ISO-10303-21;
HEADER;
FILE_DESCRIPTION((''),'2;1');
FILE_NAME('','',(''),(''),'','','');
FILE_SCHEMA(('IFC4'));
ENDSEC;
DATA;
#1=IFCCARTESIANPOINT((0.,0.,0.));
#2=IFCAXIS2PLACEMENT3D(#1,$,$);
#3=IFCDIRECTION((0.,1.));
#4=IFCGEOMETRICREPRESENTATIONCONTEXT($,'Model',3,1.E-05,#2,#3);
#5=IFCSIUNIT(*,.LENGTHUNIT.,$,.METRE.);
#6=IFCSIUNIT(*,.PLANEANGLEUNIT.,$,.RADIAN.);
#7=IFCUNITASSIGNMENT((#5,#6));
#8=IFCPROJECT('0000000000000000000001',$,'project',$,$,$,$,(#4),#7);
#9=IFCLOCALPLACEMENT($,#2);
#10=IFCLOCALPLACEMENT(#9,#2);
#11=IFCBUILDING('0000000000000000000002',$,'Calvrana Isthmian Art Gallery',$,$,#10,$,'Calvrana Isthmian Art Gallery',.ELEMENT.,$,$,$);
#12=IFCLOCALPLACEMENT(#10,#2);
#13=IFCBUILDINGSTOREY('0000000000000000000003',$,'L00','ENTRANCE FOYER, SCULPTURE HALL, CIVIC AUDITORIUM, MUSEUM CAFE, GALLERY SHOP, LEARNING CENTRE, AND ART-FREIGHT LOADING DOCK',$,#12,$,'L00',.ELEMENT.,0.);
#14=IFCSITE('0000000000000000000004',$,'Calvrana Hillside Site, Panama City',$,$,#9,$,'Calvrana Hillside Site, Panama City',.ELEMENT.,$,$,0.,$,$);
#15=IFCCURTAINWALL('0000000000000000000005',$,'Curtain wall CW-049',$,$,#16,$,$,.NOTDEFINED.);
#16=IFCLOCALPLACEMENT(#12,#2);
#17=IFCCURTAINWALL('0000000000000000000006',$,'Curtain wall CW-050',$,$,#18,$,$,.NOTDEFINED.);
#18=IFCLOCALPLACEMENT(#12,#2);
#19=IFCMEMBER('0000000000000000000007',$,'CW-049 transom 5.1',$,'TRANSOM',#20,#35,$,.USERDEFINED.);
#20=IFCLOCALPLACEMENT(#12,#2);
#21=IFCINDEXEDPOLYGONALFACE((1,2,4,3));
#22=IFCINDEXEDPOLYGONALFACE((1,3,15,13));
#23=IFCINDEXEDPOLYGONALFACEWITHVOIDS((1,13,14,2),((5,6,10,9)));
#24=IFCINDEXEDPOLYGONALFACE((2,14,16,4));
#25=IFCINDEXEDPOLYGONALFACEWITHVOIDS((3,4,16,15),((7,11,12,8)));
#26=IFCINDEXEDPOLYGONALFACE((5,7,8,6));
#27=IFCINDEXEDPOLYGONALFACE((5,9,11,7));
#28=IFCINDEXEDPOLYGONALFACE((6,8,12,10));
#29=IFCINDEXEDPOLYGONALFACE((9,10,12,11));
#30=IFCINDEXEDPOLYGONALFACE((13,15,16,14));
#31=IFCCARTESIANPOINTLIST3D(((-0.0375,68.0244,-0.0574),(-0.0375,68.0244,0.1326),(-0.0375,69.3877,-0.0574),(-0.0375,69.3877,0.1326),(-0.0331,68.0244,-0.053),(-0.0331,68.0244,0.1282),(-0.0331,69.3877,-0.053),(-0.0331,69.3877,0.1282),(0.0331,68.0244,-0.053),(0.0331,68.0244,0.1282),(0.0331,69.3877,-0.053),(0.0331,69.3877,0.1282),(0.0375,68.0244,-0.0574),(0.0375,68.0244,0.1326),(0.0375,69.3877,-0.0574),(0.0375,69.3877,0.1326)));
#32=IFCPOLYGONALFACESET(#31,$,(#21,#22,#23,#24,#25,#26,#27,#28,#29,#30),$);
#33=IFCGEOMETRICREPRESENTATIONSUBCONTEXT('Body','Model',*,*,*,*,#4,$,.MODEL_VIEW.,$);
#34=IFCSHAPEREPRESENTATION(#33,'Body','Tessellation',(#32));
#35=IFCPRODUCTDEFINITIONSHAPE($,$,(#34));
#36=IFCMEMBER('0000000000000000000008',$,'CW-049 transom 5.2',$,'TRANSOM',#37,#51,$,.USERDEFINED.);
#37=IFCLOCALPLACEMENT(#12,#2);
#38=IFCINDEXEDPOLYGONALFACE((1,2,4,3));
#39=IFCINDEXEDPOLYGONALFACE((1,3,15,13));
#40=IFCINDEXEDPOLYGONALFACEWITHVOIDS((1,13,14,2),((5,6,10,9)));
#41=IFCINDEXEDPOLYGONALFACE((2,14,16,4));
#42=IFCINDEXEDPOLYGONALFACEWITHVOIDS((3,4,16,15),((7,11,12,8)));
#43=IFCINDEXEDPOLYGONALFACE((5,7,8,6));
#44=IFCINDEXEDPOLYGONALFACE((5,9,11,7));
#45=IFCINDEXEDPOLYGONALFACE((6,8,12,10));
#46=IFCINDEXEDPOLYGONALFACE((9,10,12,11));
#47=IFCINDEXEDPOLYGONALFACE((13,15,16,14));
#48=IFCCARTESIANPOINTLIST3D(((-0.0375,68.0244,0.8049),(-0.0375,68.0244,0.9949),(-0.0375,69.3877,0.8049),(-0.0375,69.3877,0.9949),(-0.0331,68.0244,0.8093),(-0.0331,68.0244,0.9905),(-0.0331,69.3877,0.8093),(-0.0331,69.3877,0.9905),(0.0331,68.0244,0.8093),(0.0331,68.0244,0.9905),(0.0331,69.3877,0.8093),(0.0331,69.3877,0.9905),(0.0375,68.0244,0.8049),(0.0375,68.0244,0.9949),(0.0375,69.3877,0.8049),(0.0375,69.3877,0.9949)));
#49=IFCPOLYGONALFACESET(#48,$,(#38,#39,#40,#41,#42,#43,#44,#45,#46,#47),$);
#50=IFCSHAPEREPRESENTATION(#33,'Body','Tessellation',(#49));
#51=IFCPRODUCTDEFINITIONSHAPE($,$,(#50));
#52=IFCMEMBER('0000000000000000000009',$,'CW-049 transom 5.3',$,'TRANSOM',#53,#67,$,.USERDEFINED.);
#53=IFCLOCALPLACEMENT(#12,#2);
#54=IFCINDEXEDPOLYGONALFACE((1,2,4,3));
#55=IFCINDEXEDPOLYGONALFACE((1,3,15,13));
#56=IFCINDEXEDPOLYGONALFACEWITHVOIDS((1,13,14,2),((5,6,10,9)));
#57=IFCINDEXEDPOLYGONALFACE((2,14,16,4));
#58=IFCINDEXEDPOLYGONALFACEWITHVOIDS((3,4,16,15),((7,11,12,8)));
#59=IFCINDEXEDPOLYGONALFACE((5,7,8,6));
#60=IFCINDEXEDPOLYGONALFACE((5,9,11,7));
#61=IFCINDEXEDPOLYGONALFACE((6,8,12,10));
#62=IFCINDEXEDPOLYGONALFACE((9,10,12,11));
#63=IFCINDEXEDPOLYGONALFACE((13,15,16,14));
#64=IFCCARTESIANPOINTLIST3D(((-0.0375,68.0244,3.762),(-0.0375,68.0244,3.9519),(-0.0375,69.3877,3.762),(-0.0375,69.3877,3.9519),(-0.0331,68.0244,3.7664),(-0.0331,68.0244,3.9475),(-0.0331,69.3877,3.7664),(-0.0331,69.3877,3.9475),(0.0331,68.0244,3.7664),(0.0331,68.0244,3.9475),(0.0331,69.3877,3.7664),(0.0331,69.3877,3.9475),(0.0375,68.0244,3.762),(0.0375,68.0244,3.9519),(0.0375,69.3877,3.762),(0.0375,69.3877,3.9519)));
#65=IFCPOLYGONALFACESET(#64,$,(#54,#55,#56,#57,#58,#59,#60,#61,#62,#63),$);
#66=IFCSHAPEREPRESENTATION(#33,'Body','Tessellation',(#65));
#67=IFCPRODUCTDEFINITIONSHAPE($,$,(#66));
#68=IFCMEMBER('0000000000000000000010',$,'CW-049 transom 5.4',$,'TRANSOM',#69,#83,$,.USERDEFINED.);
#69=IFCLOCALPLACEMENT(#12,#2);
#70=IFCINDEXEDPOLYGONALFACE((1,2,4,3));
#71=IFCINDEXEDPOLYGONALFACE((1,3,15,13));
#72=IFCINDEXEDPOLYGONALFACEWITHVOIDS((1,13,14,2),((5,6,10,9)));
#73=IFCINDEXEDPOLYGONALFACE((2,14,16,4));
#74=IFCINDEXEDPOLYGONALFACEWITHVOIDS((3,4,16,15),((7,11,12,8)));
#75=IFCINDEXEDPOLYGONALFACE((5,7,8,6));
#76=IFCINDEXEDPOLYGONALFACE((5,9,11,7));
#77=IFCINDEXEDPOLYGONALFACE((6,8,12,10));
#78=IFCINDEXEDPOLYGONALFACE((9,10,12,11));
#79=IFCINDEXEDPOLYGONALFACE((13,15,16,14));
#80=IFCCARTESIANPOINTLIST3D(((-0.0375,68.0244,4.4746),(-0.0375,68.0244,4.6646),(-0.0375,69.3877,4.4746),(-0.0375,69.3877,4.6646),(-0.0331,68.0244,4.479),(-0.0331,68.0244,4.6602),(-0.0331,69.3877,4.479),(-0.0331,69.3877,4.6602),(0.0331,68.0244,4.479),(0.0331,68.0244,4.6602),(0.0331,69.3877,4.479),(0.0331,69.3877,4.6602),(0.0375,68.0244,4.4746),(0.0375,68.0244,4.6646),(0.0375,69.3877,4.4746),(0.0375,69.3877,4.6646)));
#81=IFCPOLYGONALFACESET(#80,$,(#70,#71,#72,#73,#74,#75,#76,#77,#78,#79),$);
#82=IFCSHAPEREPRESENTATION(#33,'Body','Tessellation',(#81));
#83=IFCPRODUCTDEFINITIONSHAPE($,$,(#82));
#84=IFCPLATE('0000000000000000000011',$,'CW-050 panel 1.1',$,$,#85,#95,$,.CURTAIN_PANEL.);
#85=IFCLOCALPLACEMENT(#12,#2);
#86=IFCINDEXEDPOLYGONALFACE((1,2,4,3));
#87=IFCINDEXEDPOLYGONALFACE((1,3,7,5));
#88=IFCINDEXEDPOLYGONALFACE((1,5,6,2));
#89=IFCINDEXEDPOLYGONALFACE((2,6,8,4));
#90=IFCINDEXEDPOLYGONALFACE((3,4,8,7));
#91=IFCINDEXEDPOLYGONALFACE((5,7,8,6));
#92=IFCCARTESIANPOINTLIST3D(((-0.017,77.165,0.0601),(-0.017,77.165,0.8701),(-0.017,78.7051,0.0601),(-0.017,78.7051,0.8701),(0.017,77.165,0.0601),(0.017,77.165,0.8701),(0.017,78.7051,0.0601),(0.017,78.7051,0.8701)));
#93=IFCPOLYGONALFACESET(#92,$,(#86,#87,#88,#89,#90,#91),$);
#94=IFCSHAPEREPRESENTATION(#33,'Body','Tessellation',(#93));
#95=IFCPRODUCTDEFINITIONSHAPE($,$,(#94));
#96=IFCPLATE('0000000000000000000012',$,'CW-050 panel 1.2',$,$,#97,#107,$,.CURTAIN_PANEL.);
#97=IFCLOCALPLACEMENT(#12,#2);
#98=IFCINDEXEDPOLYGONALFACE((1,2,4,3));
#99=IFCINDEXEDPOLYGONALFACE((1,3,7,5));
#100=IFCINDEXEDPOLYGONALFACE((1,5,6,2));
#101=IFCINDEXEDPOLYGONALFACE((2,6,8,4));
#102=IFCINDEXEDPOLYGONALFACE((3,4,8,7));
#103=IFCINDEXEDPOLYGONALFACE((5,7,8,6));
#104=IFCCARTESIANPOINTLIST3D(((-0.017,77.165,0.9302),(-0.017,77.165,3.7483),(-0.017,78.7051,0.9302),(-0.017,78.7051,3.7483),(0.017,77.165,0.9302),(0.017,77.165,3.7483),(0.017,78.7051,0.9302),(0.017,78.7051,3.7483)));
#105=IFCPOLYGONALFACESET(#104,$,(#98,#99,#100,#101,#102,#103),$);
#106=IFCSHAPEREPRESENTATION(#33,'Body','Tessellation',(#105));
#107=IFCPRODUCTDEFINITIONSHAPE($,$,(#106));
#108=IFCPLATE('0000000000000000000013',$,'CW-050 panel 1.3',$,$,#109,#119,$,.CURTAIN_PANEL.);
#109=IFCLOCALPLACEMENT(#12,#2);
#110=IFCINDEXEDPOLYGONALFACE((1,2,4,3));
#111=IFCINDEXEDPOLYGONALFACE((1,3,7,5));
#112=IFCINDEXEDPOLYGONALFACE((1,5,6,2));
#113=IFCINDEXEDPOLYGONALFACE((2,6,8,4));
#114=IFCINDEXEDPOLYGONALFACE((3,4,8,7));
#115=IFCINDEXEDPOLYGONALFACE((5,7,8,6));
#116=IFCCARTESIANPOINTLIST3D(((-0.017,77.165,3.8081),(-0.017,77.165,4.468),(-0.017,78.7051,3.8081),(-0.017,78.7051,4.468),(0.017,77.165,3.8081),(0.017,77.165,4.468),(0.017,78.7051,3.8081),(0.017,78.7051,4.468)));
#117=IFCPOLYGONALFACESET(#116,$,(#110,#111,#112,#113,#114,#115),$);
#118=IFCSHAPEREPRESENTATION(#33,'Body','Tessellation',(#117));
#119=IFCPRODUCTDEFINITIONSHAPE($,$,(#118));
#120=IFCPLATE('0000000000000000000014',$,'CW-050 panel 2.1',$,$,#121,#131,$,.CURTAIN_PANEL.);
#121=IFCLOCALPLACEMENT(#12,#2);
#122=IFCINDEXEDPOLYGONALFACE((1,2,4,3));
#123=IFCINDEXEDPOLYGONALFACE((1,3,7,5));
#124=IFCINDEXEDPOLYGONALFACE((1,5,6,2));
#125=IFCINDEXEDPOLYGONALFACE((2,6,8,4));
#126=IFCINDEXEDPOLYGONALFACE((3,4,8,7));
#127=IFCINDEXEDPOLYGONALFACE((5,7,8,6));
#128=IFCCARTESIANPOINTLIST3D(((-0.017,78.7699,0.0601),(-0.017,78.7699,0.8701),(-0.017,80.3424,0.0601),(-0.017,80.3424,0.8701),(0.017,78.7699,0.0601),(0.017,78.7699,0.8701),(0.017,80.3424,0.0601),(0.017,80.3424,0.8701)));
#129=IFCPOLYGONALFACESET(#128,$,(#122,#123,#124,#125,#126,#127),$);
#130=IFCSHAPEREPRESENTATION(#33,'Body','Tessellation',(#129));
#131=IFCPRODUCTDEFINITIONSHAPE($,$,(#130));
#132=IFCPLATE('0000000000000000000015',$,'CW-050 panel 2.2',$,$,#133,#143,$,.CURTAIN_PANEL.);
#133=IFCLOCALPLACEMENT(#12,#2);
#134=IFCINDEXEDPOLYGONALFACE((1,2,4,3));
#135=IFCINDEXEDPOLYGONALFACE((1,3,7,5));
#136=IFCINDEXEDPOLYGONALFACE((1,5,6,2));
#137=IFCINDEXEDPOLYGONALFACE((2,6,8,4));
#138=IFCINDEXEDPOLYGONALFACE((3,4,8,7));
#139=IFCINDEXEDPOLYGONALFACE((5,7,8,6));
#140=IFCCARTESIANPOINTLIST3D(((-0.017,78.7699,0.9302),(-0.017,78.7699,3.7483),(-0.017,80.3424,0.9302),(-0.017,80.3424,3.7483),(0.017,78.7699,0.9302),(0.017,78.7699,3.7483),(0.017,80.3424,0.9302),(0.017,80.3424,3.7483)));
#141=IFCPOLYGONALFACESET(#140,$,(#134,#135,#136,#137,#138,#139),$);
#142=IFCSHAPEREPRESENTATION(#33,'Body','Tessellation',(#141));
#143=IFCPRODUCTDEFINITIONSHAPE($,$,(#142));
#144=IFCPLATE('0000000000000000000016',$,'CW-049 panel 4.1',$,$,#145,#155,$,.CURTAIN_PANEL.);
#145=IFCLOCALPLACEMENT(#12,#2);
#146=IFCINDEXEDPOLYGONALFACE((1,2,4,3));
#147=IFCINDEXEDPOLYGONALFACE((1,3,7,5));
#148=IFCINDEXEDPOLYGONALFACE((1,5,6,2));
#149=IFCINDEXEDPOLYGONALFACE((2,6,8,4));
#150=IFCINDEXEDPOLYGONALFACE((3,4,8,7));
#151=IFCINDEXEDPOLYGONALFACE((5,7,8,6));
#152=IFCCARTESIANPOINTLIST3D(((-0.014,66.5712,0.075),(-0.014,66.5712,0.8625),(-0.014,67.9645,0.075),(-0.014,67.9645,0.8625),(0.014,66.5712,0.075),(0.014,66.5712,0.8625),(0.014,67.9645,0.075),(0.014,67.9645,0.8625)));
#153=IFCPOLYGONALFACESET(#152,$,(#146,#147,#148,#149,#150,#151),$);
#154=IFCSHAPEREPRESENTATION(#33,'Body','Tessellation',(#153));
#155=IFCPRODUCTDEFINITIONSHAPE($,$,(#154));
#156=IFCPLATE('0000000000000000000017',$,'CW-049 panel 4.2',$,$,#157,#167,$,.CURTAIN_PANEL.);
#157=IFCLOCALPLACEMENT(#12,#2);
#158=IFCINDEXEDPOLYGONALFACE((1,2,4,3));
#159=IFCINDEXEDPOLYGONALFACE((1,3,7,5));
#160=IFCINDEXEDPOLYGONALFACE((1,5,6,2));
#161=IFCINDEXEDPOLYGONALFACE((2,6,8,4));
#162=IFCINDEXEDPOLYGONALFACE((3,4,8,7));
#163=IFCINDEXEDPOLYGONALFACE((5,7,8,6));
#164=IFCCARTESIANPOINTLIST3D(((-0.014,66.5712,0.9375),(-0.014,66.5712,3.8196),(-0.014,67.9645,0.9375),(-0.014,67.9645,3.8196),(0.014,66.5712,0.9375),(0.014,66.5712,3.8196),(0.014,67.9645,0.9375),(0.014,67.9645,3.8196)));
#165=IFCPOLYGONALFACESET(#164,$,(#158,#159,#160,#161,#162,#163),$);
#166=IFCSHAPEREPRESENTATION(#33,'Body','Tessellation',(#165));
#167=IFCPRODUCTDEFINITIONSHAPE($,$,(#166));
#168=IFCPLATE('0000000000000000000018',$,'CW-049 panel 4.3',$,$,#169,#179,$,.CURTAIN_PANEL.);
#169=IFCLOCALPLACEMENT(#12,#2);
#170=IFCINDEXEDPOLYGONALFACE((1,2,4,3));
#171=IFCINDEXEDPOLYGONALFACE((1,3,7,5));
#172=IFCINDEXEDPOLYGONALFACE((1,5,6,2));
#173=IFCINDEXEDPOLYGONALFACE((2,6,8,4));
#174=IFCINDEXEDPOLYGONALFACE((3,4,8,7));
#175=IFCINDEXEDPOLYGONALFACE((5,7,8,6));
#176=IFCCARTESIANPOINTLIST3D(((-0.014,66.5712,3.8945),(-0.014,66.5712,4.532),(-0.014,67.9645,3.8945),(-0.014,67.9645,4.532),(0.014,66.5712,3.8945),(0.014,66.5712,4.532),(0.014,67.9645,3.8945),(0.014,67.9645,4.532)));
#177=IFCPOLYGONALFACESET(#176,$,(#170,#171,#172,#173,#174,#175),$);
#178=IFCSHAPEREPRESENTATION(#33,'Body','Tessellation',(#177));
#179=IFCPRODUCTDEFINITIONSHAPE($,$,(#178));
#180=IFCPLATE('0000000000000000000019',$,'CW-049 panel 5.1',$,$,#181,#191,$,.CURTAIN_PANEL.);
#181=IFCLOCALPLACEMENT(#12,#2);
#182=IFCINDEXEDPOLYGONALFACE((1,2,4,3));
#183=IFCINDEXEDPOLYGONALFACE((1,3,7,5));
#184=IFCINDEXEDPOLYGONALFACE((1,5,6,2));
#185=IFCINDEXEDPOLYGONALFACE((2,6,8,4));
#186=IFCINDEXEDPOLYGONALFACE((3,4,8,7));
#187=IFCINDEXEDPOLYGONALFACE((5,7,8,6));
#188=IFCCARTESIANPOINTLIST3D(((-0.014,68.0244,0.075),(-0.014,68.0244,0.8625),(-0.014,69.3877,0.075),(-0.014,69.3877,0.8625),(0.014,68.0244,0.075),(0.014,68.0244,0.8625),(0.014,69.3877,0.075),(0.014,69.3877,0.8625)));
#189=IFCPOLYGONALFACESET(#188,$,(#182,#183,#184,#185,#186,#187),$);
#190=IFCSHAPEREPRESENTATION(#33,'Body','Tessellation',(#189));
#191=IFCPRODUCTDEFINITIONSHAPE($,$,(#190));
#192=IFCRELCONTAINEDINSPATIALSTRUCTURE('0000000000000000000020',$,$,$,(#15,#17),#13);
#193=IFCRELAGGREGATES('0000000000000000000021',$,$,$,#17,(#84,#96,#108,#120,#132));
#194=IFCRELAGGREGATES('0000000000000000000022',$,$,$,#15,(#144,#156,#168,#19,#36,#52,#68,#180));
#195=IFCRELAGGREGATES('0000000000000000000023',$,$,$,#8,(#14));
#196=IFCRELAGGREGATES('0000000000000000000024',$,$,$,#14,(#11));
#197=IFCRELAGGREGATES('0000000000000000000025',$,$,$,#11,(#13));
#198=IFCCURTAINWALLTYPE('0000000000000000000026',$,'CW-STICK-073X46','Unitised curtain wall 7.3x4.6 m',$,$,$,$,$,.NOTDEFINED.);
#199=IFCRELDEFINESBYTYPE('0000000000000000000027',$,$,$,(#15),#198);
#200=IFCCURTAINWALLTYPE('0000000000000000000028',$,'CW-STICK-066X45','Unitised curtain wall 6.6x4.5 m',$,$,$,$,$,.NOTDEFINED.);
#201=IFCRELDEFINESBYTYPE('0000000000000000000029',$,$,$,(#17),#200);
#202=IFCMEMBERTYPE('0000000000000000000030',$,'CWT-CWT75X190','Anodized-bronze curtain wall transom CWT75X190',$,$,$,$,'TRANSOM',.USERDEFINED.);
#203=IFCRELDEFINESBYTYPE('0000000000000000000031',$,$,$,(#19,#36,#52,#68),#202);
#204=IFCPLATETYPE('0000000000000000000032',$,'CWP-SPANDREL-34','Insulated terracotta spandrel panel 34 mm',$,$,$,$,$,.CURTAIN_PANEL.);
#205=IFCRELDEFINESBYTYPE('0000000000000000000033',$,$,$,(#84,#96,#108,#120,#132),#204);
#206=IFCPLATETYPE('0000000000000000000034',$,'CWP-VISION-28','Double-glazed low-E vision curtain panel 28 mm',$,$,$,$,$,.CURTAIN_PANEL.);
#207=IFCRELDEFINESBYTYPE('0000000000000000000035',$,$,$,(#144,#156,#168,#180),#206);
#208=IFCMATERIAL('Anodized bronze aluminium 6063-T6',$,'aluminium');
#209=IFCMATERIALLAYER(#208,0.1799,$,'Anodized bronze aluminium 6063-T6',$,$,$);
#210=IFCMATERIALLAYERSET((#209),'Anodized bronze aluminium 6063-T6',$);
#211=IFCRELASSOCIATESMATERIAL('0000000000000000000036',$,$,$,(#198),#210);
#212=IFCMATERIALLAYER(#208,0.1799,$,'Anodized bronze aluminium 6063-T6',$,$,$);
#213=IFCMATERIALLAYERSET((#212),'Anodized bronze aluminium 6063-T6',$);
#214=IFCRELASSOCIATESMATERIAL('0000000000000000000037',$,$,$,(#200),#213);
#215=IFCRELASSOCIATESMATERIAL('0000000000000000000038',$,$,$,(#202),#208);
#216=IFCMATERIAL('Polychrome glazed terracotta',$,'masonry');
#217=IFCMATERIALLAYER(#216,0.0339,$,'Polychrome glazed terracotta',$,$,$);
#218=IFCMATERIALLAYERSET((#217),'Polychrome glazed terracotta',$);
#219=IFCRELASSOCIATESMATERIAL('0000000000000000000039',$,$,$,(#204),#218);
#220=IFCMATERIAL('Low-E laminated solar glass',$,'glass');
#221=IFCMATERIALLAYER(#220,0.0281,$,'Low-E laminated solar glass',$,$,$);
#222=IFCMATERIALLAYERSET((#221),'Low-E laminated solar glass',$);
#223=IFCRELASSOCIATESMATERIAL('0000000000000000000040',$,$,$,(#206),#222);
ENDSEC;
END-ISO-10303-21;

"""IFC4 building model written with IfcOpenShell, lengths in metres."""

from ifc_helpers import new_model, si_unit, direction, frame, origin, origin_2d, place, context, subcontext, project, spatial, rectangle, hollow_rectangle, extrude, material, layer, layer_set, material_profile, profile_set, type_object, element, aggregate, save


model = new_model("IFC4")

# Units and contexts
model_context = context("Model", 3, precision=1e-05, world=origin(), true_north=direction((0.0, 1.0)))
body_context = subcontext(model_context, "Body", "Model", "MODEL_VIEW")
ifc_project = project(units=[si_unit("LENGTHUNIT", "METRE"), si_unit("PLANEANGLEUNIT", "RADIAN")], contexts=[model_context])

# Site, building, storey
site_placement = place(None, origin())
site = spatial("IfcSite", under=ifc_project, at=site_placement, Name="Calvrana Hillside Site, Panama City", LongName="Calvrana Hillside Site, Panama City", CompositionType="ELEMENT", RefElevation=0.0)
building_placement = place(site_placement, origin())
building = spatial("IfcBuilding", under=site, at=building_placement, Name="Calvrana Isthmian Art Gallery", LongName="Calvrana Isthmian Art Gallery", CompositionType="ELEMENT")
storey_placement = place(building_placement, origin())
storey = spatial("IfcBuildingStorey", under=building, at=storey_placement, Name="L00", Description="ENTRANCE FOYER, SCULPTURE HALL, CIVIC AUDITORIUM, MUSEUM CAFE, GALLERY SHOP, LEARNING CENTRE, AND ART-FREIGHT LOADING DOCK", LongName="L00", CompositionType="ELEMENT", Elevation=0.0)

# Curtain walls
ifc_material_1 = material(Name="Anodized bronze aluminium 6063-T6", Category="aluminium")
ifc_layer_1 = layer(ifc_material_1, 0.1799, Name="Anodized bronze aluminium 6063-T6")
ifc_layer_set_1 = layer_set([ifc_layer_1], Name="Anodized bronze aluminium 6063-T6")
curtain_wall_type_1 = type_object("IfcCurtainWallType", Name="CW-STICK-073X46", Description="Unitised curtain wall 7.3x4.6 m", PredefinedType="NOTDEFINED", material=ifc_layer_set_1)
curtain_wall_1_placement = place(storey_placement, origin())
curtain_wall_1 = element("IfcCurtainWall", 1, at=curtain_wall_1_placement, inside=storey, type_object=curtain_wall_type_1, Name="Curtain wall CW-049", PredefinedType="NOTDEFINED")
ifc_layer_2 = layer(ifc_material_1, 0.1799, Name="Anodized bronze aluminium 6063-T6")
ifc_layer_set_2 = layer_set([ifc_layer_2], Name="Anodized bronze aluminium 6063-T6")
curtain_wall_type_2 = type_object("IfcCurtainWallType", Name="CW-STICK-066X45", Description="Unitised curtain wall 6.6x4.5 m", PredefinedType="NOTDEFINED", material=ifc_layer_set_2)
curtain_wall_2_placement = place(storey_placement, origin())
curtain_wall_2 = element("IfcCurtainWall", 2, at=curtain_wall_2_placement, inside=storey, type_object=curtain_wall_type_2, Name="Curtain wall CW-050", PredefinedType="NOTDEFINED")

# Members
ifc_material_profile_1 = material_profile(ifc_material_1, hollow_rectangle(XDim=0.075, YDim=0.1899, WallThickness=0.0044, at=origin_2d()), Name="CWT75X190")
ifc_profile_set_1 = profile_set([ifc_material_profile_1], Name="Anodized bronze aluminium 6063-T6")
member_type_1 = type_object("IfcMemberType", Name="CWT-CWT75X190", Description="Anodized-bronze curtain wall transom CWT75X190", ElementType="TRANSOM", PredefinedType="USERDEFINED", material=ifc_profile_set_1)
member_1_placement = place(storey_placement, frame((0.0, 68.0244, 0.0376), z_axis=(0.0, 1.0, 0.0), x_axis=(-1.0, 0.0, 0.0)))
member_1 = element("IfcMember", 3, at=member_1_placement, type_object=member_type_1, Name="CW-049 transom 5.1", ObjectType="TRANSOM", PredefinedType="USERDEFINED", context=body_context, shape_type="SweptSolid", body=[
    extrude(hollow_rectangle(XDim=0.075, YDim=0.1899, WallThickness=0.0044, at=origin_2d()), origin(), (0.0, 0.0, 1.0), 1.3633),
])
member_2_placement = place(storey_placement, frame((0.0, 68.0244, 0.8999), z_axis=(0.0, 1.0, 0.0), x_axis=(-1.0, 0.0, 0.0)))
member_2 = element("IfcMember", 4, at=member_2_placement, type_object=member_type_1, Name="CW-049 transom 5.2", ObjectType="TRANSOM", PredefinedType="USERDEFINED", context=body_context, shape_type="SweptSolid", body=[
    extrude(hollow_rectangle(XDim=0.075, YDim=0.1899, WallThickness=0.0044, at=origin_2d()), origin(), (0.0, 0.0, 1.0), 1.3633),
])
member_3_placement = place(storey_placement, frame((0.0, 68.0244, 3.8569), z_axis=(0.0, 1.0, 0.0), x_axis=(-1.0, 0.0, 0.0)))
member_3 = element("IfcMember", 5, at=member_3_placement, type_object=member_type_1, Name="CW-049 transom 5.3", ObjectType="TRANSOM", PredefinedType="USERDEFINED", context=body_context, shape_type="SweptSolid", body=[
    extrude(hollow_rectangle(XDim=0.075, YDim=0.1899, WallThickness=0.0044, at=origin_2d()), origin(), (0.0, 0.0, 1.0), 1.3633),
])
member_4_placement = place(storey_placement, frame((0.0, 68.0244, 4.5696), z_axis=(0.0, 1.0, 0.0), x_axis=(-1.0, 0.0, 0.0)))
member_4 = element("IfcMember", 6, at=member_4_placement, type_object=member_type_1, Name="CW-049 transom 5.4", ObjectType="TRANSOM", PredefinedType="USERDEFINED", context=body_context, shape_type="SweptSolid", body=[
    extrude(hollow_rectangle(XDim=0.075, YDim=0.1899, WallThickness=0.0044, at=origin_2d()), origin(), (0.0, 0.0, 1.0), 1.3633),
])

# Plates
ifc_material_2 = material(Name="Polychrome glazed terracotta", Category="masonry")
ifc_layer_3 = layer(ifc_material_2, 0.0339, Name="Polychrome glazed terracotta")
ifc_layer_set_3 = layer_set([ifc_layer_3], Name="Polychrome glazed terracotta")
plate_type_1 = type_object("IfcPlateType", Name="CWP-SPANDREL-34", Description="Insulated terracotta spandrel panel 34 mm", PredefinedType="CURTAIN_PANEL", material=ifc_layer_set_3)
plate_1_placement = place(storey_placement, frame((0.0, 77.9351, 0.0601), z_axis=(0.0, 0.0, 1.0), x_axis=(0.0, 1.0, 0.0)))
plate_1 = element("IfcPlate", 7, at=plate_1_placement, type_object=plate_type_1, Name="CW-050 panel 1.1", PredefinedType="CURTAIN_PANEL", context=body_context, shape_type="SweptSolid", body=[
    extrude(rectangle(XDim=1.54, YDim=0.0339, at=origin_2d()), origin(), (0.0, 0.0, 1.0), 0.8101),
])
plate_2_placement = place(storey_placement, frame((0.0, 77.9351, 0.9302), z_axis=(0.0, 0.0, 1.0), x_axis=(0.0, 1.0, 0.0)))
plate_2 = element("IfcPlate", 8, at=plate_2_placement, type_object=plate_type_1, Name="CW-050 panel 1.2", PredefinedType="CURTAIN_PANEL", context=body_context, shape_type="SweptSolid", body=[
    extrude(rectangle(XDim=1.54, YDim=0.0339, at=origin_2d()), origin(), (0.0, 0.0, 1.0), 2.8181),
])
plate_3_placement = place(storey_placement, frame((0.0, 77.9351, 3.8081), z_axis=(0.0, 0.0, 1.0), x_axis=(0.0, 1.0, 0.0)))
plate_3 = element("IfcPlate", 9, at=plate_3_placement, type_object=plate_type_1, Name="CW-050 panel 1.3", PredefinedType="CURTAIN_PANEL", context=body_context, shape_type="SweptSolid", body=[
    extrude(rectangle(XDim=1.54, YDim=0.0339, at=origin_2d()), origin(), (0.0, 0.0, 1.0), 0.6599),
])
plate_4_placement = place(storey_placement, frame((0.0, 79.5562, 0.0601), z_axis=(0.0, 0.0, 1.0), x_axis=(0.0, 1.0, 0.0)))
plate_4 = element("IfcPlate", 10, at=plate_4_placement, type_object=plate_type_1, Name="CW-050 panel 2.1", PredefinedType="CURTAIN_PANEL", context=body_context, shape_type="SweptSolid", body=[
    extrude(rectangle(XDim=1.5725, YDim=0.0339, at=origin_2d()), origin(), (0.0, 0.0, 1.0), 0.8101),
])
plate_5_placement = place(storey_placement, frame((0.0, 79.5562, 0.9302), z_axis=(0.0, 0.0, 1.0), x_axis=(0.0, 1.0, 0.0)))
plate_5 = element("IfcPlate", 11, at=plate_5_placement, type_object=plate_type_1, Name="CW-050 panel 2.2", PredefinedType="CURTAIN_PANEL", context=body_context, shape_type="SweptSolid", body=[
    extrude(rectangle(XDim=1.5725, YDim=0.0339, at=origin_2d()), origin(), (0.0, 0.0, 1.0), 2.8181),
])
aggregate(curtain_wall_2, [plate_1, plate_2, plate_3, plate_4, plate_5])
ifc_material_3 = material(Name="Low-E laminated solar glass", Category="glass")
ifc_layer_4 = layer(ifc_material_3, 0.0281, Name="Low-E laminated solar glass")
ifc_layer_set_4 = layer_set([ifc_layer_4], Name="Low-E laminated solar glass")
plate_type_2 = type_object("IfcPlateType", Name="CWP-VISION-28", Description="Double-glazed low-E vision curtain panel 28 mm", PredefinedType="CURTAIN_PANEL", material=ifc_layer_set_4)
plate_6_placement = place(storey_placement, frame((0.0, 67.2678, 0.075), z_axis=(0.0, 0.0, 1.0), x_axis=(0.0, 1.0, 0.0)))
plate_6 = element("IfcPlate", 12, at=plate_6_placement, type_object=plate_type_2, Name="CW-049 panel 4.1", PredefinedType="CURTAIN_PANEL", context=body_context, shape_type="SweptSolid", body=[
    extrude(rectangle(XDim=1.3933, YDim=0.0281, at=origin_2d()), origin(), (0.0, 0.0, 1.0), 0.7876),
])
plate_7_placement = place(storey_placement, frame((0.0, 67.2678, 0.9375), z_axis=(0.0, 0.0, 1.0), x_axis=(0.0, 1.0, 0.0)))
plate_7 = element("IfcPlate", 13, at=plate_7_placement, type_object=plate_type_2, Name="CW-049 panel 4.2", PredefinedType="CURTAIN_PANEL", context=body_context, shape_type="SweptSolid", body=[
    extrude(rectangle(XDim=1.3933, YDim=0.0281, at=origin_2d()), origin(), (0.0, 0.0, 1.0), 2.8821),
])
plate_8_placement = place(storey_placement, frame((0.0, 67.2678, 3.8945), z_axis=(0.0, 0.0, 1.0), x_axis=(0.0, 1.0, 0.0)))
plate_8 = element("IfcPlate", 14, at=plate_8_placement, type_object=plate_type_2, Name="CW-049 panel 4.3", PredefinedType="CURTAIN_PANEL", context=body_context, shape_type="SweptSolid", body=[
    extrude(rectangle(XDim=1.3933, YDim=0.0281, at=origin_2d()), origin(), (0.0, 0.0, 1.0), 0.6375),
])
plate_9_placement = place(storey_placement, frame((0.0, 68.7061, 0.075), z_axis=(0.0, 0.0, 1.0), x_axis=(0.0, 1.0, 0.0)))
plate_9 = element("IfcPlate", 15, at=plate_9_placement, type_object=plate_type_2, Name="CW-049 panel 5.1", PredefinedType="CURTAIN_PANEL", context=body_context, shape_type="SweptSolid", body=[
    extrude(rectangle(XDim=1.3633, YDim=0.0281, at=origin_2d()), origin(), (0.0, 0.0, 1.0), 0.7876),
])
aggregate(curtain_wall_1, [plate_6, plate_7, plate_8, member_1, member_2, member_3, member_4, plate_9])

save(model, "model.ifc")
